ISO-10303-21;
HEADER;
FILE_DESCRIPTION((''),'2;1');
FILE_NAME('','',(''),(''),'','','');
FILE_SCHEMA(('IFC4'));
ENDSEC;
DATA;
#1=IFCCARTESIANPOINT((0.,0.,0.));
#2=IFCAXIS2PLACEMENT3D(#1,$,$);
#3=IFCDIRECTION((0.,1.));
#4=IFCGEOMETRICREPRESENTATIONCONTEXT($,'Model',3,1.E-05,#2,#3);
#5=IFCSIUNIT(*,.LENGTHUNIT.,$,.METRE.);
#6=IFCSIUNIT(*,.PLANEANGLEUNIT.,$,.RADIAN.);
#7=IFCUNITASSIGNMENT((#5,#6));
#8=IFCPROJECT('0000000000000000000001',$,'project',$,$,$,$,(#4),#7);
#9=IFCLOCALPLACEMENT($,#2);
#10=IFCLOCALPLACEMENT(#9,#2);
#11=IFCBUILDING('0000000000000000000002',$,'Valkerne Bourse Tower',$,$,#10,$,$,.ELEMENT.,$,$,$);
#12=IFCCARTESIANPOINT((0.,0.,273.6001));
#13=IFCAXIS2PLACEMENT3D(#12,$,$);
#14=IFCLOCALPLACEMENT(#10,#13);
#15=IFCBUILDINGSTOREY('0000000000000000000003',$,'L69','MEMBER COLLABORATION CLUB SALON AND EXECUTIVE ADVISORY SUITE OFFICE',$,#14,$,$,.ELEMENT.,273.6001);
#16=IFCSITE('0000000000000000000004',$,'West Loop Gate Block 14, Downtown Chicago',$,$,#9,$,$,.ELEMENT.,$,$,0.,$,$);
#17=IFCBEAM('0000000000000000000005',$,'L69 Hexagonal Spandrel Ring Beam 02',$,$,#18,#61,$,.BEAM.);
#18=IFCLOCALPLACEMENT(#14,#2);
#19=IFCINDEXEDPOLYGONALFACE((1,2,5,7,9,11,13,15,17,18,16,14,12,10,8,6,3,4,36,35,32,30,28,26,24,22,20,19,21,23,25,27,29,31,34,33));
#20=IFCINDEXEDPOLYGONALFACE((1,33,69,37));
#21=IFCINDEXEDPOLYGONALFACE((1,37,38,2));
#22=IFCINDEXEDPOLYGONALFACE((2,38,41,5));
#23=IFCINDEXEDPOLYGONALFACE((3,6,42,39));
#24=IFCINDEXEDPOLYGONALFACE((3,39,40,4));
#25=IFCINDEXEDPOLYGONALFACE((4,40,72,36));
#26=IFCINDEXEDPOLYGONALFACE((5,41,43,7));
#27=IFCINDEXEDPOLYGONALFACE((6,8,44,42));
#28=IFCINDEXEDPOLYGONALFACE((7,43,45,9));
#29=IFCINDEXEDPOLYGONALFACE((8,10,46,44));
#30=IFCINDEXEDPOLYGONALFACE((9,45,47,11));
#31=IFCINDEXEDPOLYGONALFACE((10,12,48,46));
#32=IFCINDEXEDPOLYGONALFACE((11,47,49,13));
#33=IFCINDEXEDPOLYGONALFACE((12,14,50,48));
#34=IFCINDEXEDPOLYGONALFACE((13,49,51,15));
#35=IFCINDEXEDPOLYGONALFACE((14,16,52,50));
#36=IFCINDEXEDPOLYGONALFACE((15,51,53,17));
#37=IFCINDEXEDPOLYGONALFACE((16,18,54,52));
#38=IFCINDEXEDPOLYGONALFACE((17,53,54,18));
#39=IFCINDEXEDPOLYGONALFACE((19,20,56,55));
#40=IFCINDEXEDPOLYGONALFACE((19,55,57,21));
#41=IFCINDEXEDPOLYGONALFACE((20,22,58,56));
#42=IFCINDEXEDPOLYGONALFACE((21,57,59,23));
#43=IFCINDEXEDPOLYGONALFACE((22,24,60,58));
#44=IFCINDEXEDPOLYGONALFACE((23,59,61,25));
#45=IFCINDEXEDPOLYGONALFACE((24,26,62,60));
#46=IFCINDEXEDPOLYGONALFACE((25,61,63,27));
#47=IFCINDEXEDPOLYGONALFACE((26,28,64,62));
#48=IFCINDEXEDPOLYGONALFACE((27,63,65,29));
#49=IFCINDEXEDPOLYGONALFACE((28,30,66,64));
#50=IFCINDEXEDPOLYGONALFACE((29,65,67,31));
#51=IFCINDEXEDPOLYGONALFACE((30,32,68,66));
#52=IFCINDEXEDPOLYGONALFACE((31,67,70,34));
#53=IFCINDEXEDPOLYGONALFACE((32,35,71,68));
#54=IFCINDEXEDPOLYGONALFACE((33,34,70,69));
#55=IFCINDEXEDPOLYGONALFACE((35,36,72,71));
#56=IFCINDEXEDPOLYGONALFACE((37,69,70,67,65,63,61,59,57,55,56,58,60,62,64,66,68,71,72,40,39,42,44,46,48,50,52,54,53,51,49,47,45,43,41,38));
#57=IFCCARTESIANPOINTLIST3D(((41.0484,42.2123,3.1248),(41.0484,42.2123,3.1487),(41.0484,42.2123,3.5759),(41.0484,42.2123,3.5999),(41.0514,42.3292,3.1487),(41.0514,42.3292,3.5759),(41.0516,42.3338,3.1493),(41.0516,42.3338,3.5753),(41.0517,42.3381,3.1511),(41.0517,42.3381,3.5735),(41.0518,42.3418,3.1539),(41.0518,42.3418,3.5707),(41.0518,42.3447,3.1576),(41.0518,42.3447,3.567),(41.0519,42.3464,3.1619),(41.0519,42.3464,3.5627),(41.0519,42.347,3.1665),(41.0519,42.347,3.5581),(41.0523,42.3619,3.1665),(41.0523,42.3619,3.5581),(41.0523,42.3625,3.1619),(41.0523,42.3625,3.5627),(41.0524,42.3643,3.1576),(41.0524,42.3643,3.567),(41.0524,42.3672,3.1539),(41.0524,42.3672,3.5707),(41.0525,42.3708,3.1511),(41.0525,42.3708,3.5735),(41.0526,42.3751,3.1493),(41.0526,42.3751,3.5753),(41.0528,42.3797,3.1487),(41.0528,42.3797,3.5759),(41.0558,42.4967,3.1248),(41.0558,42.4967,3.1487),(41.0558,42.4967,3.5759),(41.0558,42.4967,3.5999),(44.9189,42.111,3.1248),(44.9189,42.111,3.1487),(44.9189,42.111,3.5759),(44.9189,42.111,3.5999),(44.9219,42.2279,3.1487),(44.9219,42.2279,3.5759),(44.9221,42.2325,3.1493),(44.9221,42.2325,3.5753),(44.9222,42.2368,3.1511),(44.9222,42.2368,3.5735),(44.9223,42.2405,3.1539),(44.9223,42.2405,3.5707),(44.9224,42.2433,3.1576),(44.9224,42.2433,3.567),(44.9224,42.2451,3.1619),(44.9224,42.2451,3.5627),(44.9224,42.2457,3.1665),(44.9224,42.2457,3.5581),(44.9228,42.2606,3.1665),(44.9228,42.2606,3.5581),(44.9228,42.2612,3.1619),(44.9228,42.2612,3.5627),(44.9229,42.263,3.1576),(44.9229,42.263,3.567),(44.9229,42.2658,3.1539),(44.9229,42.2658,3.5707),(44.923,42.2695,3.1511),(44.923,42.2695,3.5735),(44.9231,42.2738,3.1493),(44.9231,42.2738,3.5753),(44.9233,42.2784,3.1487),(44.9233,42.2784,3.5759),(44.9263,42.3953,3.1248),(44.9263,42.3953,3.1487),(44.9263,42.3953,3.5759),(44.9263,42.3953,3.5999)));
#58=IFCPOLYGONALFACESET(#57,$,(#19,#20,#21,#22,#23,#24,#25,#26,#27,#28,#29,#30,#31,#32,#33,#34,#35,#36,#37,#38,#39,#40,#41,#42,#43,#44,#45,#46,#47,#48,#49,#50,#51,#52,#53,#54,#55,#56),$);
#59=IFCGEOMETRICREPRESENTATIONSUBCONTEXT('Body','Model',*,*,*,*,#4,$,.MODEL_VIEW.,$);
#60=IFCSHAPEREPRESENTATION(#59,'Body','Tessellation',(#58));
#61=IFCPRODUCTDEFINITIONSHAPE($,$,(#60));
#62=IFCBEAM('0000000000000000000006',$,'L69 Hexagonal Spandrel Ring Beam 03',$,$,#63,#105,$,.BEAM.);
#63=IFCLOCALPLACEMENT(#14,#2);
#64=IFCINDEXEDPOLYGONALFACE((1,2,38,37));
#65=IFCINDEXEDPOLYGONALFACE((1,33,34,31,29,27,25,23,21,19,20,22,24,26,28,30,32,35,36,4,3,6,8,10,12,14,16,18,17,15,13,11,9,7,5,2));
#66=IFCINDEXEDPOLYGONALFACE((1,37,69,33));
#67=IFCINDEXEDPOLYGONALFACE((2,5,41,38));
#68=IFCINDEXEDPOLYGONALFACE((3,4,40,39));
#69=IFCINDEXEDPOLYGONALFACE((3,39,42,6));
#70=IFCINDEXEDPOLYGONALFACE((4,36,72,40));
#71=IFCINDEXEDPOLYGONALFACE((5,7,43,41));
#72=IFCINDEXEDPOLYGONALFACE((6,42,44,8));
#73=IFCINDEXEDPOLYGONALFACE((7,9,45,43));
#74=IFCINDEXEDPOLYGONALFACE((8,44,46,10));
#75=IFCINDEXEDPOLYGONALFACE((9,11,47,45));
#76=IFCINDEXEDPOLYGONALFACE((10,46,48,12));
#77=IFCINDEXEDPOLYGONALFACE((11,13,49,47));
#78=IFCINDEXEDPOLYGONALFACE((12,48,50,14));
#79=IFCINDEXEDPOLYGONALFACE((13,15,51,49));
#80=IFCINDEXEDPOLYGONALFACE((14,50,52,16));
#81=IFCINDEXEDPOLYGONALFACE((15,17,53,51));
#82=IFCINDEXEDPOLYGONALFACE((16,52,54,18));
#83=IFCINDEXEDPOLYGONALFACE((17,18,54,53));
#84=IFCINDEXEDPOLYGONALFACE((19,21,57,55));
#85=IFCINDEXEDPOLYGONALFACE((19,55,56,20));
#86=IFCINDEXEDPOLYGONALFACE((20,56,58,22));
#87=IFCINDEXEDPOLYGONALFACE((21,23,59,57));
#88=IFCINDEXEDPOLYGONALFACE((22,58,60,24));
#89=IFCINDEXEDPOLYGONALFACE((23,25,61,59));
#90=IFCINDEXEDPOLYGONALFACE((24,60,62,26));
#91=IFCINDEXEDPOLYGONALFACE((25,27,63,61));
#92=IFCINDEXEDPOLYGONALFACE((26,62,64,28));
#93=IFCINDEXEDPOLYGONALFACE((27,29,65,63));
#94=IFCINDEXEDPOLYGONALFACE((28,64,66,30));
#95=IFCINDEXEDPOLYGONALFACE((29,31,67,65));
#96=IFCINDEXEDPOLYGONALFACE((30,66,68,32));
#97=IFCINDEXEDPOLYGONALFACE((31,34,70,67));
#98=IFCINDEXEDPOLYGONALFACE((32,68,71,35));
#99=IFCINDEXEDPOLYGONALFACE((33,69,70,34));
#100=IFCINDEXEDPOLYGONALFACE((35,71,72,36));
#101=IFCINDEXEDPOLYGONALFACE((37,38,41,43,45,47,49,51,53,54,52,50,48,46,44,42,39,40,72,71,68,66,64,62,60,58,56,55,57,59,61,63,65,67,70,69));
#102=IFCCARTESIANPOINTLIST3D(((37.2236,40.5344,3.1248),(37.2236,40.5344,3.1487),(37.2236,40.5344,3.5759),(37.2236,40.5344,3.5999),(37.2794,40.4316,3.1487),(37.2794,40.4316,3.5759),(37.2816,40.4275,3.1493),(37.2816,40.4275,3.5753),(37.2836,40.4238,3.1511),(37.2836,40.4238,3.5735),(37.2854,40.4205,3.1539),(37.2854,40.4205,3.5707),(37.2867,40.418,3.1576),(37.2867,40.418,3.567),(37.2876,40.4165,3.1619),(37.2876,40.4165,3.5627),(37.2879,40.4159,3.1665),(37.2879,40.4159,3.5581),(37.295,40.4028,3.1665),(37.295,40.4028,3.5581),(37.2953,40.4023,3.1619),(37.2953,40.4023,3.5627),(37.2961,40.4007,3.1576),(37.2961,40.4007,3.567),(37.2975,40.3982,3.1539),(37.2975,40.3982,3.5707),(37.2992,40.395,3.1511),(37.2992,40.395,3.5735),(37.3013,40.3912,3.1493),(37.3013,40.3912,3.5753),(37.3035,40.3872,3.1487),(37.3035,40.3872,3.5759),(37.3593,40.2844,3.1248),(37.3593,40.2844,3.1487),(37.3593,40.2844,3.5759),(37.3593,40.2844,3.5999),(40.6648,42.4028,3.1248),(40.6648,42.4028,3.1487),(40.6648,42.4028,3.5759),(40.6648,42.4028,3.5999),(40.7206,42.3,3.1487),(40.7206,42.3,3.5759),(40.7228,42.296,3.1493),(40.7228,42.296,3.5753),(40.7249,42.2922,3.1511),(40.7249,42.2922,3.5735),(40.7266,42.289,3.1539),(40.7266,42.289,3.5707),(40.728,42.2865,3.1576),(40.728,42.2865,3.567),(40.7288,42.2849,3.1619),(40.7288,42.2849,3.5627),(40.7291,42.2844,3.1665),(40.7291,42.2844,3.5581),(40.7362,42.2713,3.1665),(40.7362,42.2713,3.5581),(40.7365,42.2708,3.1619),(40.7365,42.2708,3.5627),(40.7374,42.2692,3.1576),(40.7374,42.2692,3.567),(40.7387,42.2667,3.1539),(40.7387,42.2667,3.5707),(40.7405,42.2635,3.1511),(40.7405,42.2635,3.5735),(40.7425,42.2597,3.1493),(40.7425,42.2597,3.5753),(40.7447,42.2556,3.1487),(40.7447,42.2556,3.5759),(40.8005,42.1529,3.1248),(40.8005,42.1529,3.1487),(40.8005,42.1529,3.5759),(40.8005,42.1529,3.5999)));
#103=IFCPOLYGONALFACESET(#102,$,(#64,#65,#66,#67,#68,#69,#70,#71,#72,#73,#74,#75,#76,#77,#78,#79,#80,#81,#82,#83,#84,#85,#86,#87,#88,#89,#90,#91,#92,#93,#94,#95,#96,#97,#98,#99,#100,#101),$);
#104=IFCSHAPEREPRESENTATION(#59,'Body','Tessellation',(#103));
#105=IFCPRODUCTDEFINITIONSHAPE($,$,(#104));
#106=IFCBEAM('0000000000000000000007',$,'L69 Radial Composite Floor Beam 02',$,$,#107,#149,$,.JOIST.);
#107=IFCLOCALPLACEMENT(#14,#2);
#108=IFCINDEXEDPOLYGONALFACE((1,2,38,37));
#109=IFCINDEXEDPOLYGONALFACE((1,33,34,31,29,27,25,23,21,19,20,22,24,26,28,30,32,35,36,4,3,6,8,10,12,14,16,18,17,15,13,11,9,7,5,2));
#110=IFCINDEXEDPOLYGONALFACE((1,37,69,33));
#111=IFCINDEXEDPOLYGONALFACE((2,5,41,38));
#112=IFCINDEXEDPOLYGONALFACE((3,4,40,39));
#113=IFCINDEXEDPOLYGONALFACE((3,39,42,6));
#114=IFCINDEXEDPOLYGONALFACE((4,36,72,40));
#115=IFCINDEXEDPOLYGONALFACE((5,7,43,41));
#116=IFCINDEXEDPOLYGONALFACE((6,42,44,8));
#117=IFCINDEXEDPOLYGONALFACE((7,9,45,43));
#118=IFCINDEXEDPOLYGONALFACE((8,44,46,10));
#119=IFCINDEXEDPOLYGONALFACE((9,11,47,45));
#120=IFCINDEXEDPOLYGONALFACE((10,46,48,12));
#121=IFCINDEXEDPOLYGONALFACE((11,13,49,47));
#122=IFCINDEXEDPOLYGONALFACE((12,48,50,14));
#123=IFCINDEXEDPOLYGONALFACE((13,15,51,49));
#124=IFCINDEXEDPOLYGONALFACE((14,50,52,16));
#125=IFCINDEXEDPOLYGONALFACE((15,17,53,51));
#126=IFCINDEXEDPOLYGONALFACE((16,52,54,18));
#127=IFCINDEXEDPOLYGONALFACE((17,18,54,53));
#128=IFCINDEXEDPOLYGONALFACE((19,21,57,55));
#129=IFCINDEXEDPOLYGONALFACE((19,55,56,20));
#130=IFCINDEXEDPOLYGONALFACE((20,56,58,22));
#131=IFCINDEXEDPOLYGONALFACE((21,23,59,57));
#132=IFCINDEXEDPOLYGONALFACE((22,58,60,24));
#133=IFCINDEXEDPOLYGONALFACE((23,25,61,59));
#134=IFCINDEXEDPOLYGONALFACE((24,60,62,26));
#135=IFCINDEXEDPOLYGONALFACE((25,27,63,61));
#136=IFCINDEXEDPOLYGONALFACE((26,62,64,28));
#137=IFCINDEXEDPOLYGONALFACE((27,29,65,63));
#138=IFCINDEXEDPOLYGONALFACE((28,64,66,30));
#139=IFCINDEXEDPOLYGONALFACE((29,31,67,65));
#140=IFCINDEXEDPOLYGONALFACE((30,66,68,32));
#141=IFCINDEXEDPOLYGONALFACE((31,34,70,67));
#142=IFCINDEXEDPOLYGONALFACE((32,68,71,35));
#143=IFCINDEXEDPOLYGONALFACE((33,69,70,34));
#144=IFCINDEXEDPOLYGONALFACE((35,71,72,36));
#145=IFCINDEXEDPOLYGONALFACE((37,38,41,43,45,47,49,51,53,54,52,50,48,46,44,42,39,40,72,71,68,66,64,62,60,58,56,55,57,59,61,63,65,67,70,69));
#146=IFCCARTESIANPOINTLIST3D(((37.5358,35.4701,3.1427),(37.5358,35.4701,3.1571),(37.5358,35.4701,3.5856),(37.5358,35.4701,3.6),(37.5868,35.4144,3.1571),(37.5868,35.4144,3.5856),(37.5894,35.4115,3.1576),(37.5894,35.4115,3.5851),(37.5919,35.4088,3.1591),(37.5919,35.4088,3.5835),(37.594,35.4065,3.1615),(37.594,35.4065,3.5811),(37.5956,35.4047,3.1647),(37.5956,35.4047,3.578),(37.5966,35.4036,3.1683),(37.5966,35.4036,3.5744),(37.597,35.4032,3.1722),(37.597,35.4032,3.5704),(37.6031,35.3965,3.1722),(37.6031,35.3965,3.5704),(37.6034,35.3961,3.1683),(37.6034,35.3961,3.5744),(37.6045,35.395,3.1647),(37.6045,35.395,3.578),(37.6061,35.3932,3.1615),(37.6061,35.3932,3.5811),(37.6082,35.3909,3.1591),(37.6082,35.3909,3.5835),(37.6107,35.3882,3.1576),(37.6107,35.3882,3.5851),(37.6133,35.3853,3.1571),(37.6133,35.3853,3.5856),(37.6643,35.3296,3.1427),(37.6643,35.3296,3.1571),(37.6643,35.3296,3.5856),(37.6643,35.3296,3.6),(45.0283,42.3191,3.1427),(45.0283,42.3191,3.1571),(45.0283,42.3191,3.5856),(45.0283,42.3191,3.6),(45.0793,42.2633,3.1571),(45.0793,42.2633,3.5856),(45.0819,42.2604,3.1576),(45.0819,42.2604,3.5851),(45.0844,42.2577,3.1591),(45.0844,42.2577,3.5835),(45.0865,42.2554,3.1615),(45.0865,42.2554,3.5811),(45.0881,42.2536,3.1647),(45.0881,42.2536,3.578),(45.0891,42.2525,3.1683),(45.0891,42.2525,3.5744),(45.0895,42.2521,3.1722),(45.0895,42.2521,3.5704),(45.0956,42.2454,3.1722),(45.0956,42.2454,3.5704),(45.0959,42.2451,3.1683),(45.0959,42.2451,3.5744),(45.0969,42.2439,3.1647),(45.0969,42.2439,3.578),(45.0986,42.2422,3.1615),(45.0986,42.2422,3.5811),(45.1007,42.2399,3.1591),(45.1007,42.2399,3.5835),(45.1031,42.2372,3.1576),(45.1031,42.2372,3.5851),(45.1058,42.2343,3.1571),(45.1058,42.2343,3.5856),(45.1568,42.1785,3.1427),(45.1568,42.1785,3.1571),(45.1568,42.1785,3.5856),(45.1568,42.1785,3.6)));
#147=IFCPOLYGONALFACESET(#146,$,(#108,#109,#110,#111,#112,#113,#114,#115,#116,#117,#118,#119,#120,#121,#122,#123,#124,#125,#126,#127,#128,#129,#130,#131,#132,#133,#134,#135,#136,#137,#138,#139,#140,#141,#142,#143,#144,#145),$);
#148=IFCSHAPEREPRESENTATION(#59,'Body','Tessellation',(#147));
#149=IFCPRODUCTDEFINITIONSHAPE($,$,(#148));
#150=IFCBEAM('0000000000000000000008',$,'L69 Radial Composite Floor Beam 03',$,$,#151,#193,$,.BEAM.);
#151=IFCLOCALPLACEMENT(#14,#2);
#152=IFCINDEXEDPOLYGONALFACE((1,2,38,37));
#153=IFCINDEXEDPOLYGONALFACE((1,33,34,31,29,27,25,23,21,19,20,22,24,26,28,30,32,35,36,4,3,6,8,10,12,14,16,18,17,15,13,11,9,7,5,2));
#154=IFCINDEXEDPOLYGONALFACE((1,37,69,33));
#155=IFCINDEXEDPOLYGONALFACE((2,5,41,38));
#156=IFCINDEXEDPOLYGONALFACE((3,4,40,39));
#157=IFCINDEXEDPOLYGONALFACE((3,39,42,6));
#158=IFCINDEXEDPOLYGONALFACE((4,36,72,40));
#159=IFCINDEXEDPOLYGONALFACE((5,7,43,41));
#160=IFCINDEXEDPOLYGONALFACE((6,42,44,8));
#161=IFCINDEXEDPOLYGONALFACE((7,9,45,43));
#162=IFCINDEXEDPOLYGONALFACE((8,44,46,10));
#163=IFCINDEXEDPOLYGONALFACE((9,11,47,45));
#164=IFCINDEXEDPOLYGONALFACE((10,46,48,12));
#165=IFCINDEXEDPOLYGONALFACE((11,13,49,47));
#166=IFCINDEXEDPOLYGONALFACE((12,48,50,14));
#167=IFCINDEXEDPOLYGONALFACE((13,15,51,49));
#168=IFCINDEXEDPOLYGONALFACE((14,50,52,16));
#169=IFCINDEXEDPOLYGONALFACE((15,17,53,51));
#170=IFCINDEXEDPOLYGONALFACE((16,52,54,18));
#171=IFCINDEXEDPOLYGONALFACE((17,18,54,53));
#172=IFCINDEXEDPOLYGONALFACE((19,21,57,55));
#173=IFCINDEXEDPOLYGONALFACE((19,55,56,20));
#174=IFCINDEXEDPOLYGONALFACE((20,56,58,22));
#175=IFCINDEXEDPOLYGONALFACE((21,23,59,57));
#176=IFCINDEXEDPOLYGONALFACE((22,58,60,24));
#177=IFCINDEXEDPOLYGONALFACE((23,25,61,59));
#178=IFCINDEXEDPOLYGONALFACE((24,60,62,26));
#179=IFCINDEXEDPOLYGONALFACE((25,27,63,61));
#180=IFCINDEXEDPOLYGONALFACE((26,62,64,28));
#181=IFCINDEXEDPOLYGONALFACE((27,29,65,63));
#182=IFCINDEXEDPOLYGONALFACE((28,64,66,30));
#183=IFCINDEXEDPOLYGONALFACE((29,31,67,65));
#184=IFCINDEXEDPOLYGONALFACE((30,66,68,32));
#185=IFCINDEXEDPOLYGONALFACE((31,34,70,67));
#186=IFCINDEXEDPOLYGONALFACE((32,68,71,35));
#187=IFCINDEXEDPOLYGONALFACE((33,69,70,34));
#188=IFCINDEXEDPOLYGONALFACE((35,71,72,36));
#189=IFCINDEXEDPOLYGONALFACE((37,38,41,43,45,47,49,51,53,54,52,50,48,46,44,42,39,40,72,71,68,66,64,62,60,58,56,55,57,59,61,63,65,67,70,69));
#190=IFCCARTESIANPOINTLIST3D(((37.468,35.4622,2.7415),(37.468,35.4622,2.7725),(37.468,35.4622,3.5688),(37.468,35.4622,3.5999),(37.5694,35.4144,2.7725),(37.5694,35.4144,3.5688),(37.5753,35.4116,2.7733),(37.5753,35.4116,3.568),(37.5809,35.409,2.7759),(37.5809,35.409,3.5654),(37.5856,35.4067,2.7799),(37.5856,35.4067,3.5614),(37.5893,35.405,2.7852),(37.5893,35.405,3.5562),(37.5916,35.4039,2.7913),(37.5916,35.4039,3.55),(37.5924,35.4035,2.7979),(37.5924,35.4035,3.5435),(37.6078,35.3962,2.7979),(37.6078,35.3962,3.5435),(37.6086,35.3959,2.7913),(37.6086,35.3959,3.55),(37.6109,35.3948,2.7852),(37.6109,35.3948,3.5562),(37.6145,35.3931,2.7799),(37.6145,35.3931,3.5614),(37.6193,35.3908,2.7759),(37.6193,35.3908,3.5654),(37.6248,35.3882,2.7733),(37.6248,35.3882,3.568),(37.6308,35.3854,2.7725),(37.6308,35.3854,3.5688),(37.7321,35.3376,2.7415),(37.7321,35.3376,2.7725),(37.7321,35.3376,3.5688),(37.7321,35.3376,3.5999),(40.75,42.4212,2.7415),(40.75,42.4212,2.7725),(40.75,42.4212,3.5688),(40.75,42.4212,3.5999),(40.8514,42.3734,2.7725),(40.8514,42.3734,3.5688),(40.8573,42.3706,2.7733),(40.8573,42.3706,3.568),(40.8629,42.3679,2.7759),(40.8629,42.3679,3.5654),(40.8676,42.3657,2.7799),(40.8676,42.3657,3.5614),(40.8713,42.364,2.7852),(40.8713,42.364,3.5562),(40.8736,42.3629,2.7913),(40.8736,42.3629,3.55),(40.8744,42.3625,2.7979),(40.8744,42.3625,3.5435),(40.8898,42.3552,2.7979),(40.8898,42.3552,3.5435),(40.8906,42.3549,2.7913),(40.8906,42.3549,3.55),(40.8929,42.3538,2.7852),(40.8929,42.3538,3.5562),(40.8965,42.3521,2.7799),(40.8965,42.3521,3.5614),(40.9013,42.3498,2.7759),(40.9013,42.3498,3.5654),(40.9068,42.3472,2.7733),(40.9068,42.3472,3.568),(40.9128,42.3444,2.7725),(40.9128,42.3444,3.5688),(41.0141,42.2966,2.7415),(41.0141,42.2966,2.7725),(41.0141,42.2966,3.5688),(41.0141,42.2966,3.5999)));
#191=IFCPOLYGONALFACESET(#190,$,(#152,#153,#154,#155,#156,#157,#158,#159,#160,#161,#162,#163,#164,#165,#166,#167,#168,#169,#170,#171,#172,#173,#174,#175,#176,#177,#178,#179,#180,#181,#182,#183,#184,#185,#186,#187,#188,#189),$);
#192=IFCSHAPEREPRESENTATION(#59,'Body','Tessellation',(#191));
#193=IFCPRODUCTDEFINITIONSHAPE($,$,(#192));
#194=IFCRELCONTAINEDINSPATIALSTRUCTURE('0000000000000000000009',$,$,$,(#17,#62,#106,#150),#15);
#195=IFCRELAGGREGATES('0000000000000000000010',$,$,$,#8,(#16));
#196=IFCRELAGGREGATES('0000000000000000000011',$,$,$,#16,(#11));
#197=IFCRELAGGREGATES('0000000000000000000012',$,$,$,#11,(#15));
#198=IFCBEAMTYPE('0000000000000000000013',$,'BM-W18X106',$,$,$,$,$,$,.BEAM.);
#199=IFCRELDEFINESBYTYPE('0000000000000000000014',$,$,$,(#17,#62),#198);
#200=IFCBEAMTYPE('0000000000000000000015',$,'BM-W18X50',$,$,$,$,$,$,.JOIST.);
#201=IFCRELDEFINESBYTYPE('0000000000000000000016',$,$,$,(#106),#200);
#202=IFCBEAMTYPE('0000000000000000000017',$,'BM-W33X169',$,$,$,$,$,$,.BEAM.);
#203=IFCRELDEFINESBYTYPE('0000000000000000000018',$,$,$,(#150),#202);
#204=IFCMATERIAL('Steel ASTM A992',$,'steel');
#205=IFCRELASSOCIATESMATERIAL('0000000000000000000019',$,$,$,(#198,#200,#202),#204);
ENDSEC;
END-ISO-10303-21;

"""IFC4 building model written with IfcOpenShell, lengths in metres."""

from ifc_helpers import new_model, si_unit, direction, frame, origin, origin_2d, place, context, subcontext, project, spatial, i_section, extrude, material, material_profile, profile_set, type_object, element, save


model = new_model("IFC4")

# Units and contexts
model_context = context("Model", 3, precision=1e-05, world=origin(), true_north=direction((0.0, 1.0)))
body_context = subcontext(model_context, "Body", "Model", "MODEL_VIEW")
ifc_project = project(units=[si_unit("LENGTHUNIT", "METRE"), si_unit("PLANEANGLEUNIT", "RADIAN")], contexts=[model_context])

# Site, building, storey
site_placement = place(None, origin())
site = spatial("IfcSite", under=ifc_project, at=site_placement, Name="West Loop Gate Block 14, Downtown Chicago", CompositionType="ELEMENT", RefElevation=0.0)
building_placement = place(site_placement, origin())
building = spatial("IfcBuilding", under=site, at=building_placement, Name="Valkerne Bourse Tower", CompositionType="ELEMENT")
storey_placement = place(building_placement, frame((0.0, 0.0, 273.6001)))
storey = spatial("IfcBuildingStorey", under=building, at=storey_placement, Name="L69", Description="MEMBER COLLABORATION CLUB SALON AND EXECUTIVE ADVISORY SUITE OFFICE", CompositionType="ELEMENT", Elevation=273.6001)

# Beams
ifc_material_1 = material(Name="Steel ASTM A992", Category="steel")
ifc_material_profile_1 = material_profile(ifc_material_1, i_section(OverallWidth=0.2844, OverallDepth=0.4751, WebThickness=0.0149, FlangeThickness=0.0239, FilletRadius=0.0178, at=origin_2d()), Name="W18X106")
ifc_profile_set_1 = profile_set([ifc_material_profile_1], Name="Steel ASTM A992")
beam_type_1 = type_object("IfcBeamType", Name="BM-W18X106", PredefinedType="BEAM", material=ifc_profile_set_1)
beam_1_placement = place(storey_placement, frame((44.9226, 42.2532, 3.3623), z_axis=(-0.999658, 0.026167, 0.0), x_axis=(-0.026167, -0.999658, 0.0)))
element("IfcBeam", 1, at=beam_1_placement, inside=storey, type_object=beam_type_1, Name="L69 Hexagonal Spandrel Ring Beam 02", PredefinedType="BEAM", context=body_context, shape_type="SweptSolid", body=[
    extrude(i_section(OverallWidth=0.2844, OverallDepth=0.4751, WebThickness=0.0149, FlangeThickness=0.0239, FilletRadius=0.0178, at=origin_2d()), origin(), (0.0, 0.0, 1.0), 3.8718),
])
beam_2_placement = place(storey_placement, frame((40.7327, 42.2778, 3.3623), z_axis=(-0.878816, -0.477161, 0.0), x_axis=(0.477161, -0.878816, 0.0)))
element("IfcBeam", 2, at=beam_2_placement, inside=storey, type_object=beam_type_1, Name="L69 Hexagonal Spandrel Ring Beam 03", PredefinedType="BEAM", context=body_context, shape_type="SweptSolid", body=[
    extrude(i_section(OverallWidth=0.2844, OverallDepth=0.4751, WebThickness=0.0149, FlangeThickness=0.0239, FilletRadius=0.0178, at=origin_2d()), origin(), (0.0, 0.0, 1.0), 3.9158),
])
ifc_material_profile_2 = material_profile(ifc_material_1, i_section(OverallWidth=0.1904, OverallDepth=0.4573, WebThickness=0.009, FlangeThickness=0.0144, FilletRadius=0.0151, at=origin_2d()), Name="W18X50")
ifc_profile_set_2 = profile_set([ifc_material_profile_2], Name="Steel ASTM A992")
beam_type_2 = type_object("IfcBeamType", Name="BM-W18X50", PredefinedType="JOIST", material=ifc_profile_set_2)
beam_3_placement = place(storey_placement, frame((45.0925, 42.2488, 3.3713), z_axis=(-0.738095, -0.674697, 0.0), x_axis=(0.674697, -0.738095, 0.0)))
element("IfcBeam", 3, at=beam_3_placement, inside=storey, type_object=beam_type_2, Name="L69 Radial Composite Floor Beam 02", PredefinedType="JOIST", context=body_context, shape_type="SweptSolid", body=[
    extrude(i_section(OverallWidth=0.1904, OverallDepth=0.4573, WebThickness=0.009, FlangeThickness=0.0144, FilletRadius=0.0151, at=origin_2d()), origin(), (0.0, 0.0, 1.0), 10.1511),
])
ifc_material_profile_3 = material_profile(ifc_material_1, i_section(OverallWidth=0.292, OverallDepth=0.8584, WebThickness=0.0171, FlangeThickness=0.031, FilletRadius=0.0254, at=origin_2d()), Name="W33X169")
ifc_profile_set_3 = profile_set([ifc_material_profile_3], Name="Steel ASTM A992")
beam_type_3 = type_object("IfcBeamType", Name="BM-W33X169", PredefinedType="BEAM", material=ifc_profile_set_3)
beam_4_placement = place(storey_placement, frame((40.8821, 42.3589, 3.1707), z_axis=(-0.426559, -0.90446, 0.0), x_axis=(0.90446, -0.426559, 0.0)))
element("IfcBeam", 4, at=beam_4_placement, inside=storey, type_object=beam_type_3, Name="L69 Radial Composite Floor Beam 03", PredefinedType="BEAM", context=body_context, shape_type="SweptSolid", body=[
    extrude(i_section(OverallWidth=0.292, OverallDepth=0.8584, WebThickness=0.0171, FlangeThickness=0.031, FilletRadius=0.0254, at=origin_2d()), origin(), (0.0, 0.0, 1.0), 7.6941),
])

save(model, "model.ifc")
